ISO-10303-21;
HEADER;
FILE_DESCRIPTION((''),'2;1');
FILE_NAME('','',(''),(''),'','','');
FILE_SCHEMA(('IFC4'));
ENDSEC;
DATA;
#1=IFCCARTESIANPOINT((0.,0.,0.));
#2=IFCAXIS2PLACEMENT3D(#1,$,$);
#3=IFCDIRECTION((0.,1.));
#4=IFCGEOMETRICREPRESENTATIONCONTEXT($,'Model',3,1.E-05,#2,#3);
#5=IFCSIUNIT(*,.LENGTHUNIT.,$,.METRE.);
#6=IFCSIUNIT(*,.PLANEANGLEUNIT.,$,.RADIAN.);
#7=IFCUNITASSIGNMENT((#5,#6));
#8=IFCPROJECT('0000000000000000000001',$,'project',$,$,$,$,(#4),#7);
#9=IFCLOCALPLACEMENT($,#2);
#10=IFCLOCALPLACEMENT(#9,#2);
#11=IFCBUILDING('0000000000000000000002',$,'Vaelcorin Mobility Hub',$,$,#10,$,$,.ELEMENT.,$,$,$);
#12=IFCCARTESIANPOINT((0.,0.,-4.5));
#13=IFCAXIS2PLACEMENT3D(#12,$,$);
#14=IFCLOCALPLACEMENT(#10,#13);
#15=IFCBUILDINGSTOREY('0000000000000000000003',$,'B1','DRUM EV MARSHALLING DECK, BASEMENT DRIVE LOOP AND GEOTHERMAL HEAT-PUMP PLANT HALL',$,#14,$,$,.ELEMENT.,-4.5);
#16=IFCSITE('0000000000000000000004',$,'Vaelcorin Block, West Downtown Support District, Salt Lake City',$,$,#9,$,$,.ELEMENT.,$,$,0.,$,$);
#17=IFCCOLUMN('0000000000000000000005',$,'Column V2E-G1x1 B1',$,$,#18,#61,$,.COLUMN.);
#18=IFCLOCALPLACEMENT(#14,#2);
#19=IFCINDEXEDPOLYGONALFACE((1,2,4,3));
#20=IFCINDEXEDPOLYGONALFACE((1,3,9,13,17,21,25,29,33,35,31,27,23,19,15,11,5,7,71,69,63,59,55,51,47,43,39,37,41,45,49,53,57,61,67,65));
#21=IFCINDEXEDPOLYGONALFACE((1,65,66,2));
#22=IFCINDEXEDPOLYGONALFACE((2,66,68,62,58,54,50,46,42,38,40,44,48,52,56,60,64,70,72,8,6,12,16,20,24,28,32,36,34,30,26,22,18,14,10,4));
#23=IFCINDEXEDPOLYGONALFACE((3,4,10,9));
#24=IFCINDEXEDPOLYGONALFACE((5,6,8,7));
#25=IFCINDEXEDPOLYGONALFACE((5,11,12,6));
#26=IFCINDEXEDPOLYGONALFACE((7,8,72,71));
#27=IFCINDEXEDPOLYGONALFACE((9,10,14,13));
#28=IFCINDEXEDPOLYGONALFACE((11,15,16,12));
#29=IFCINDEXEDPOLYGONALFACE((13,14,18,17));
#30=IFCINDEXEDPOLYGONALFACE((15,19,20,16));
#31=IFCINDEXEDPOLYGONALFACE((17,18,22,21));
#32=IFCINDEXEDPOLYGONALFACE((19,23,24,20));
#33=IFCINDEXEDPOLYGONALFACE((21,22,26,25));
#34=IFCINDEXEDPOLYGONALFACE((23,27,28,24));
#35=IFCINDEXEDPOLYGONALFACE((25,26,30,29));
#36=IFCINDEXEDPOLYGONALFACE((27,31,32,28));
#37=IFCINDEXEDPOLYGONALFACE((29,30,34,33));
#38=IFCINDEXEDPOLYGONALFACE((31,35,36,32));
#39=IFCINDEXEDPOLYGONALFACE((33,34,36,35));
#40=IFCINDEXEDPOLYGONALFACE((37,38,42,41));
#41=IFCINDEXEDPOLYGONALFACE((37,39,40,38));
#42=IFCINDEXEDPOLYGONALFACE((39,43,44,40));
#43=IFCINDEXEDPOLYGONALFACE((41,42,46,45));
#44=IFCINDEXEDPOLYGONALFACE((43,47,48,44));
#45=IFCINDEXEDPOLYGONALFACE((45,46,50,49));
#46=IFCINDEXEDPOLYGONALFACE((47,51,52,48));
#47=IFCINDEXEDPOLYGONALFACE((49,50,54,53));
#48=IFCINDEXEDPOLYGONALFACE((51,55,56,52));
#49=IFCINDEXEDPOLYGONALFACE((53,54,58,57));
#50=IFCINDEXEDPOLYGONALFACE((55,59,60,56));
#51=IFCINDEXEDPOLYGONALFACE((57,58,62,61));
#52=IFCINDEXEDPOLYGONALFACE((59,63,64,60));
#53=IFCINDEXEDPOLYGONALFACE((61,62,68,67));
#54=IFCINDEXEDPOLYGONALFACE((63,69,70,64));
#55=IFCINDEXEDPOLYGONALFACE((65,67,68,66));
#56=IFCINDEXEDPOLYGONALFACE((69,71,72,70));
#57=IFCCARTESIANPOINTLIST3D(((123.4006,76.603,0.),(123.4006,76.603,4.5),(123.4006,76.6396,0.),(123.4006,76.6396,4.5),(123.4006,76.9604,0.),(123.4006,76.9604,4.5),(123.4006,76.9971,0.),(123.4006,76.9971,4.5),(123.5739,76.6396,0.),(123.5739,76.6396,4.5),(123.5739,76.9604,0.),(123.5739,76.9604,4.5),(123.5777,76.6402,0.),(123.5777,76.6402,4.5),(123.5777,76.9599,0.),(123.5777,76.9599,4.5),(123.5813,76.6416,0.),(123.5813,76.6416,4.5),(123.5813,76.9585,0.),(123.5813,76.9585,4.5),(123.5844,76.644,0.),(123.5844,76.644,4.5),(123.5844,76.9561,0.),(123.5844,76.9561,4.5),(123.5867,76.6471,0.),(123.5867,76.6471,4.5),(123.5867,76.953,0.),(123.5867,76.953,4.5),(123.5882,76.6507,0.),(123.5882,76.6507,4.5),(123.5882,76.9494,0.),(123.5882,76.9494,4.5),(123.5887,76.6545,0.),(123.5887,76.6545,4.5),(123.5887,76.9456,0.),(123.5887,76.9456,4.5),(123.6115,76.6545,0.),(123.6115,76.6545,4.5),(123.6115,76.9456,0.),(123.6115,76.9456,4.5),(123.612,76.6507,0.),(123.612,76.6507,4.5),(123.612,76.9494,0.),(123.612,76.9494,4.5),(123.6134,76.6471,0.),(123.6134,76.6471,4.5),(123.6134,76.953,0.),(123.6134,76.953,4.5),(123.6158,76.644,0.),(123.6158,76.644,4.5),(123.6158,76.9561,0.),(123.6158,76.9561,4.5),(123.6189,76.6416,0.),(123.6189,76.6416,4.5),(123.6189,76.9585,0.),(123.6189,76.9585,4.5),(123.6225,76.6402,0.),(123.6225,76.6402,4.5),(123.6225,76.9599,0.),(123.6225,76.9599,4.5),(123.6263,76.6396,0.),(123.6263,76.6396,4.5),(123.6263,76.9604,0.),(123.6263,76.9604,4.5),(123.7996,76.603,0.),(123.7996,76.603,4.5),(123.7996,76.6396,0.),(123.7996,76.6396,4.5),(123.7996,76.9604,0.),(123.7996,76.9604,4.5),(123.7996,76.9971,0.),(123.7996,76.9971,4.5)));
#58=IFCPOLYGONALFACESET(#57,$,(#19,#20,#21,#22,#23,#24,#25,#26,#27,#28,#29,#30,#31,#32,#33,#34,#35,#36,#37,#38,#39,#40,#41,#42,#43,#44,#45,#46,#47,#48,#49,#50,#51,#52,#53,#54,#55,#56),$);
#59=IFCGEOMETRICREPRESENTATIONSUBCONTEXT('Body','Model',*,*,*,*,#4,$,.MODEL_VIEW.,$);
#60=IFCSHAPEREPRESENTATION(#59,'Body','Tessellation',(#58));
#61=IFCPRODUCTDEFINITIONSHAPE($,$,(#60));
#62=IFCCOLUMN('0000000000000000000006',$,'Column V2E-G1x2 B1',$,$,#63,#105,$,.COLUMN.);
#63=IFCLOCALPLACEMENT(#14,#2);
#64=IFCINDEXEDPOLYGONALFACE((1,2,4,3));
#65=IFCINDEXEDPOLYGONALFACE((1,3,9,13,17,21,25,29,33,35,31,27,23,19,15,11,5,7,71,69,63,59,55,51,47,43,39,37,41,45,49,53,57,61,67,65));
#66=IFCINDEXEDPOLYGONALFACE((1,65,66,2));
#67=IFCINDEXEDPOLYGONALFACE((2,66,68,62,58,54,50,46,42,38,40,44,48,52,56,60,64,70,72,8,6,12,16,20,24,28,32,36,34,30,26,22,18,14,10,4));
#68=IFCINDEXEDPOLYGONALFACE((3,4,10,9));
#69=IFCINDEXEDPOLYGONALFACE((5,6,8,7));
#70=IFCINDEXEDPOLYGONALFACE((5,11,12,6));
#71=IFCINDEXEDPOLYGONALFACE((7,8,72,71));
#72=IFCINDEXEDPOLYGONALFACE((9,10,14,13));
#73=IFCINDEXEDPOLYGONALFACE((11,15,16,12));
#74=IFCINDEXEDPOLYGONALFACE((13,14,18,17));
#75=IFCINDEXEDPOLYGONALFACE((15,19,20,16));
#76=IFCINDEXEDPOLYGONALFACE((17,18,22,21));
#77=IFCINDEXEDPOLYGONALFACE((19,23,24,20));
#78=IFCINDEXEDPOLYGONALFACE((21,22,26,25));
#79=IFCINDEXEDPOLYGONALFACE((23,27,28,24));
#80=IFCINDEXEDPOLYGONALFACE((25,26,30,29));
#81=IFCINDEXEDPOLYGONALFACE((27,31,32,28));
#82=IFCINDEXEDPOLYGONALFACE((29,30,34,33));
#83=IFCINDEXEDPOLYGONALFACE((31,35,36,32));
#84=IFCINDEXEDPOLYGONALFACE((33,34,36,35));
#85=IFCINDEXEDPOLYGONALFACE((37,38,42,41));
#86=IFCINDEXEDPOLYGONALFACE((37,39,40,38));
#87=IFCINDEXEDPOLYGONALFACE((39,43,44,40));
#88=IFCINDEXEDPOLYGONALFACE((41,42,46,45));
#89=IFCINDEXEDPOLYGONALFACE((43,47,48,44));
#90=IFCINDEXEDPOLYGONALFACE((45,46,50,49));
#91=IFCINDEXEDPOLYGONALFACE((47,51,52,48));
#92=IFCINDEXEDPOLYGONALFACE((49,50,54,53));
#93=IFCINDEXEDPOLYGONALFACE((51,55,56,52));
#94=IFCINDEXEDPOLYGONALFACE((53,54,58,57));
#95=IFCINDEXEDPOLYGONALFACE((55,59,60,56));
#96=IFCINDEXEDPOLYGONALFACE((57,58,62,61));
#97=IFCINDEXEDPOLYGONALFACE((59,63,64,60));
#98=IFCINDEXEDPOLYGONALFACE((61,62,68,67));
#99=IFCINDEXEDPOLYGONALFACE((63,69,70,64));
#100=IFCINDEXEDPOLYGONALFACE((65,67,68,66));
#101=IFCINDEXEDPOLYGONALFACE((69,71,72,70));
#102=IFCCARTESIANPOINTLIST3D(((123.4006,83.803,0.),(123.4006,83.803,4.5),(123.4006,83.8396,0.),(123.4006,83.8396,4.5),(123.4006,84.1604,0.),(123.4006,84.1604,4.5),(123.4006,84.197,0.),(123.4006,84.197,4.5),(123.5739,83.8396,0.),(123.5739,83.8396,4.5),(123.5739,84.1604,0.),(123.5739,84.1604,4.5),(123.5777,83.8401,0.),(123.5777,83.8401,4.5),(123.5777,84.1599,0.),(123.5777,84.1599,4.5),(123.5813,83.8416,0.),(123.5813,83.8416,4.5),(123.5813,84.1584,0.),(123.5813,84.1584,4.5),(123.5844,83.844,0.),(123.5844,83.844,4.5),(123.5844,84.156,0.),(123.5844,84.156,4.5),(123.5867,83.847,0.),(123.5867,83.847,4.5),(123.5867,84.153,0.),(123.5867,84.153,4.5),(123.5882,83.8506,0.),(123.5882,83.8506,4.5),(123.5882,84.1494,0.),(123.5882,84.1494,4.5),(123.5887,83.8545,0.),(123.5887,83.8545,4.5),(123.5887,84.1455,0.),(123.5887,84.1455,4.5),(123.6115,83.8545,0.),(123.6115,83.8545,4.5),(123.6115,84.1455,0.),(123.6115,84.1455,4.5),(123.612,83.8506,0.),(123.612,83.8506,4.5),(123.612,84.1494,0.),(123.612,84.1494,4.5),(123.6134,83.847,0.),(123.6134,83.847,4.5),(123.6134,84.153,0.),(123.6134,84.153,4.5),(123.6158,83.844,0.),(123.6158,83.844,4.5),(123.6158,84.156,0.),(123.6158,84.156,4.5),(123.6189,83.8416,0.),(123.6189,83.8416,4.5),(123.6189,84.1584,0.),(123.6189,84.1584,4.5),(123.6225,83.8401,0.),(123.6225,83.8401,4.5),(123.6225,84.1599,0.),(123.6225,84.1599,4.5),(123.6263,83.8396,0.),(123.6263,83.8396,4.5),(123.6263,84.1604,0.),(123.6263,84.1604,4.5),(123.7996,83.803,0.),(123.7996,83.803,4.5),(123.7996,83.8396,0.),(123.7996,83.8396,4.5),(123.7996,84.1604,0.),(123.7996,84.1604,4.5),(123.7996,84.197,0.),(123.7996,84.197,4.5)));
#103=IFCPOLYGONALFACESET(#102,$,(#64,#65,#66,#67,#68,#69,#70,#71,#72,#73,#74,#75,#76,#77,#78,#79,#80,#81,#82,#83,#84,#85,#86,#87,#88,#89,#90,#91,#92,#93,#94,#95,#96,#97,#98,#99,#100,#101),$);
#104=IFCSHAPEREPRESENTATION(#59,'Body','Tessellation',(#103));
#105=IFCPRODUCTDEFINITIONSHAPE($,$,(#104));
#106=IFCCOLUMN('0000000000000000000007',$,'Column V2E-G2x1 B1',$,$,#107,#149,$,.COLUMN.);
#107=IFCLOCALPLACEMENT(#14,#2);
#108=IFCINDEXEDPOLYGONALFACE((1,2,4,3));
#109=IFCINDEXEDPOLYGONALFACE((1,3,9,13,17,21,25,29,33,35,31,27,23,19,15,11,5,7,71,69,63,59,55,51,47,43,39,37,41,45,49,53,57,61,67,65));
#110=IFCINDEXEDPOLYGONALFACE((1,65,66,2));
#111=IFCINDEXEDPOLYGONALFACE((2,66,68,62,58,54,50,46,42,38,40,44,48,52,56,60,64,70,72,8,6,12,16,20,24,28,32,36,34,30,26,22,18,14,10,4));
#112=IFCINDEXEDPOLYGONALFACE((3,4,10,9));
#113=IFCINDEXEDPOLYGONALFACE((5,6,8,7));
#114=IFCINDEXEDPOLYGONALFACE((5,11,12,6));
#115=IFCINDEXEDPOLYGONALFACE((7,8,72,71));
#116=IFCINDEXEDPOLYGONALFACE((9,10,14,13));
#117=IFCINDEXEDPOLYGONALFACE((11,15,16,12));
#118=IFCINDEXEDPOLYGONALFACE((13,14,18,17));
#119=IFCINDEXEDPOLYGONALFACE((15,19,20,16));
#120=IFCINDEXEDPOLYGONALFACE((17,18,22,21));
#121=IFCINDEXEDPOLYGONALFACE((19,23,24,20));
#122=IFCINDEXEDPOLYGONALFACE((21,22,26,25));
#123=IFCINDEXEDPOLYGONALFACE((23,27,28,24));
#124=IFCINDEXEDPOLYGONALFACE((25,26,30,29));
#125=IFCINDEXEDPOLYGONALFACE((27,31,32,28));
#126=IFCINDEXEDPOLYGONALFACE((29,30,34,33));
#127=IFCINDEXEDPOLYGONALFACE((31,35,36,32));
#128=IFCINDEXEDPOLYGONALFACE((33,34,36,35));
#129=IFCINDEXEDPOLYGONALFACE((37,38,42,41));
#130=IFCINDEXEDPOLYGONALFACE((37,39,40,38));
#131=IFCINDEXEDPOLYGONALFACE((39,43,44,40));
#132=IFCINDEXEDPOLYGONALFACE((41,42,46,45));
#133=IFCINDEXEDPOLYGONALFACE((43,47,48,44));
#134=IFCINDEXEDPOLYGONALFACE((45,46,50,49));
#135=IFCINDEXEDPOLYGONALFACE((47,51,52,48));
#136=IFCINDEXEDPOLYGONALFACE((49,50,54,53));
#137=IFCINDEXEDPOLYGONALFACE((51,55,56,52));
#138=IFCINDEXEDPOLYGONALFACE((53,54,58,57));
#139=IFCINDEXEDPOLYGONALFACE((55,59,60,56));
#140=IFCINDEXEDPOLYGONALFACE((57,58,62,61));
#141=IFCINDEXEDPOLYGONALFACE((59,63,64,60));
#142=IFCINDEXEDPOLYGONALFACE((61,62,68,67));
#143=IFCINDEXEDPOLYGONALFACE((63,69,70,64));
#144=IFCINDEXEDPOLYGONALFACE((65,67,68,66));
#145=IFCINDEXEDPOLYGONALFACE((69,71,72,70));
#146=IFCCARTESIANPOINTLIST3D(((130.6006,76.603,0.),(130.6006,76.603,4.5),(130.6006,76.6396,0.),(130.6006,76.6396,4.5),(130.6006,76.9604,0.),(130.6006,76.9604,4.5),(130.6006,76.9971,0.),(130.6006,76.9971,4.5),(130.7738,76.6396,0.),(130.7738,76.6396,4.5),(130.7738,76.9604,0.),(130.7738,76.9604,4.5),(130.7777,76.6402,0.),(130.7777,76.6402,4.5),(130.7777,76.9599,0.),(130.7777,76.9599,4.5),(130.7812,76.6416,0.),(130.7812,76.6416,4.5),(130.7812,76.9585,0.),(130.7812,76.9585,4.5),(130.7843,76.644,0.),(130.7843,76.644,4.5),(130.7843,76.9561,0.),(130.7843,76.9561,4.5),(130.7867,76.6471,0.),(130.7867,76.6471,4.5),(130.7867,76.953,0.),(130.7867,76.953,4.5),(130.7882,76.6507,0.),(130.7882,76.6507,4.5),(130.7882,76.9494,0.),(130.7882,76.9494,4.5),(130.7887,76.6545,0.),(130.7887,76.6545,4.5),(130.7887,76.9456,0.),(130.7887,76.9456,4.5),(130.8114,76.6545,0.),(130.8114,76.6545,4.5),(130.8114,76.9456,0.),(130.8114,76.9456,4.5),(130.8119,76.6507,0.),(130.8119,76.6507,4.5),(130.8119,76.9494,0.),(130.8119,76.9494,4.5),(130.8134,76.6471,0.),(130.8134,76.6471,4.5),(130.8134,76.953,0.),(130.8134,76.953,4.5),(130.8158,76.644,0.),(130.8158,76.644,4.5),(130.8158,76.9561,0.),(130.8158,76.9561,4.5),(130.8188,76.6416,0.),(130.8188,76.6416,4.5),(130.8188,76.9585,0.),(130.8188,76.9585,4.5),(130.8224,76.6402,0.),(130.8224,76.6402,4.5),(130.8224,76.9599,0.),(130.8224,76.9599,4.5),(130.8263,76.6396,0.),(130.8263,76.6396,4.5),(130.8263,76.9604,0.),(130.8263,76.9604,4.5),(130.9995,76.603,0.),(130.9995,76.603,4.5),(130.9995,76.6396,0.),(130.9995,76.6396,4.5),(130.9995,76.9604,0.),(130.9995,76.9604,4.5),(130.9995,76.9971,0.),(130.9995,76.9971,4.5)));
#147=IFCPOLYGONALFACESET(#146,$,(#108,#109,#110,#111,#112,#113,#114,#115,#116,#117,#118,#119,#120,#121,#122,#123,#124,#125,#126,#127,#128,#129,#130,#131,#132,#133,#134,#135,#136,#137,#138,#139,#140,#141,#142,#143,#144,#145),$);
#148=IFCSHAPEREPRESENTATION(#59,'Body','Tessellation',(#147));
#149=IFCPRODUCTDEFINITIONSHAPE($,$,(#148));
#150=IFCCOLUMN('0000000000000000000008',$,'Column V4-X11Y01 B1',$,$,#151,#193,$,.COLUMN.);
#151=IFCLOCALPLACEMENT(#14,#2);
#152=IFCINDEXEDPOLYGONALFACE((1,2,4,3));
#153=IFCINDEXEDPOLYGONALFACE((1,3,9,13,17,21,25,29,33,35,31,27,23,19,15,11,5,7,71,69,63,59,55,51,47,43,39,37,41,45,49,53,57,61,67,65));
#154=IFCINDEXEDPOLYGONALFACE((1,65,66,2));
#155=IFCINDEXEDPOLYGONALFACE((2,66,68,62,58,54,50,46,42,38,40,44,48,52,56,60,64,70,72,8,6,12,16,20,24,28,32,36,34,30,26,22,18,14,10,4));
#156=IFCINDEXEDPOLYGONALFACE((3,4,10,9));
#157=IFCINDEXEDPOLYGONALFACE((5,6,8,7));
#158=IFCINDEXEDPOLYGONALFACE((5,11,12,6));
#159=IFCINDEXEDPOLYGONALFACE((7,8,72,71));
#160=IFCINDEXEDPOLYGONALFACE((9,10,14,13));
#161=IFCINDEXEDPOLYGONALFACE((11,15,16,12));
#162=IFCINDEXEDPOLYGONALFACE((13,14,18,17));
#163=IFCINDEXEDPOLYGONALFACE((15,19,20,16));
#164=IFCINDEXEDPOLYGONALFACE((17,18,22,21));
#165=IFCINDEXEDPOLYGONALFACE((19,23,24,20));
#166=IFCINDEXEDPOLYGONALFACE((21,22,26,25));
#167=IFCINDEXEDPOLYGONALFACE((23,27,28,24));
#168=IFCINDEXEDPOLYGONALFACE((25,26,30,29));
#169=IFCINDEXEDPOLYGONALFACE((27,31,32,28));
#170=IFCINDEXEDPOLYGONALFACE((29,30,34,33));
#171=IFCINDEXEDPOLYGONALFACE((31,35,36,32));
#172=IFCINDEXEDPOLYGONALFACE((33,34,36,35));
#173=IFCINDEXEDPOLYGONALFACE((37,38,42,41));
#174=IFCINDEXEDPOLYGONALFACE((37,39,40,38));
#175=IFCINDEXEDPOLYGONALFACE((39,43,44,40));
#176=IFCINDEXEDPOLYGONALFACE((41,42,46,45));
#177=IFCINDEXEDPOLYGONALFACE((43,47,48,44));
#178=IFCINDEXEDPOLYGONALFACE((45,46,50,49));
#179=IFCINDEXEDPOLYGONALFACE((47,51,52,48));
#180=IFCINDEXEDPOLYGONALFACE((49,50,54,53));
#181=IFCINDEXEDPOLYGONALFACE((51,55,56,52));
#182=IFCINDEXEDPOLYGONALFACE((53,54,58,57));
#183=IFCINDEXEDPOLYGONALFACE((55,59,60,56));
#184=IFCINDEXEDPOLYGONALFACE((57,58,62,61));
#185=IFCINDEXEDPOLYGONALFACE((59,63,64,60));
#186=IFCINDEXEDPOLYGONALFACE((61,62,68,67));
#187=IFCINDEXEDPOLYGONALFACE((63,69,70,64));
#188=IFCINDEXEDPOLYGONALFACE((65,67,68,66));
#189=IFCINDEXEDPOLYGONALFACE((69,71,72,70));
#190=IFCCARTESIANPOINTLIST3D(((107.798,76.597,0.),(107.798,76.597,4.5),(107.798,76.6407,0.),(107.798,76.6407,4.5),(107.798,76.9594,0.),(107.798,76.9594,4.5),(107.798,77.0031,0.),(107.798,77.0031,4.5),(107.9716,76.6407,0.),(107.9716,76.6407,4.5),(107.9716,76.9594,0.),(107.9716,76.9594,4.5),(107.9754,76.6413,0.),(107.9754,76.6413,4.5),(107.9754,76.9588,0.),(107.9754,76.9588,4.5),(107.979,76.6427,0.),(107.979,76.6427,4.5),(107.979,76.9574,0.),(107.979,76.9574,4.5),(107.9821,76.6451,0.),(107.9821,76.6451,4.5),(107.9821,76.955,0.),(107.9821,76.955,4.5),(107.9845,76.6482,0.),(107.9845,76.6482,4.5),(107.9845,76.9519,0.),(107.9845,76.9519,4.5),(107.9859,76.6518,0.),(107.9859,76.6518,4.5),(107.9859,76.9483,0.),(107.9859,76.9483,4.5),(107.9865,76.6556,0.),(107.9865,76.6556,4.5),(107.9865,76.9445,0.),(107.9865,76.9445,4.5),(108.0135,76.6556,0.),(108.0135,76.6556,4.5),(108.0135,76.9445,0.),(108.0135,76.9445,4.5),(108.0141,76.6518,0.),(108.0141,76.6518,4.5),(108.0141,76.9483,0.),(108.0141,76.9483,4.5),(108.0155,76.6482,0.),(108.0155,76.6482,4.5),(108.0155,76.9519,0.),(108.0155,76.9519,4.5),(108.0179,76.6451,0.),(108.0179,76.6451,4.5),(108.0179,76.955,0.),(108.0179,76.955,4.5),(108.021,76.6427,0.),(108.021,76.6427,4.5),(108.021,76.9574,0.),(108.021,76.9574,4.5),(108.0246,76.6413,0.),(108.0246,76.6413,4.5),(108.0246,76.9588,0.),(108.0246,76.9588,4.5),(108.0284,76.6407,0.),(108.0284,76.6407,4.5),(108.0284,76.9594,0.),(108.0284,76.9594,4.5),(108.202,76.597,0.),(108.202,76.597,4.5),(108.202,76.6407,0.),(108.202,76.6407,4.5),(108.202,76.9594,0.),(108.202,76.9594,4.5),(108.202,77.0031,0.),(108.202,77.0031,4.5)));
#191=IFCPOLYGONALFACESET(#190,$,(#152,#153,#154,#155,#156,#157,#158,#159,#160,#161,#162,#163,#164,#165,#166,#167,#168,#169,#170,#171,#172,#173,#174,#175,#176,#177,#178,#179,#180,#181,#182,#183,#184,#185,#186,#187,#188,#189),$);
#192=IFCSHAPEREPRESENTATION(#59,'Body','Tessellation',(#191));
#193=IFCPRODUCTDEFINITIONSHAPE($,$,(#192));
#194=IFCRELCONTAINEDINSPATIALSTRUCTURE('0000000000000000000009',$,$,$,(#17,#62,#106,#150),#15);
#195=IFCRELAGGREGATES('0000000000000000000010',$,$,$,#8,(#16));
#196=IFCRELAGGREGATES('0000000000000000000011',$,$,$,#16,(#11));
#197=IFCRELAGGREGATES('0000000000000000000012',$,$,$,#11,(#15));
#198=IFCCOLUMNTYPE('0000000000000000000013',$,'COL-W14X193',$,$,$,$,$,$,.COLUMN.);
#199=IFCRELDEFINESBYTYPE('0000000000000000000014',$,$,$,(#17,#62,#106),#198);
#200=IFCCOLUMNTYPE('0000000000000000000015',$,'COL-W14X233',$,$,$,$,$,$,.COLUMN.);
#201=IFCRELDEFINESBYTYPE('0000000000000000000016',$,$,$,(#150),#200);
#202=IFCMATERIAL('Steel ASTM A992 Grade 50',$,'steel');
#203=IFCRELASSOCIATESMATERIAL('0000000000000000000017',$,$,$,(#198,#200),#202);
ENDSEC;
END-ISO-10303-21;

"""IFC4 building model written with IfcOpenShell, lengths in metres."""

from ifc_helpers import new_model, si_unit, direction, frame, origin, origin_2d, place, context, subcontext, project, spatial, i_section, extrude, material, material_profile, profile_set, type_object, element, save


model = new_model("IFC4")

# Units and contexts
model_context = context("Model", 3, precision=1e-05, world=origin(), true_north=direction((0.0, 1.0)))
body_context = subcontext(model_context, "Body", "Model", "MODEL_VIEW")
ifc_project = project(units=[si_unit("LENGTHUNIT", "METRE"), si_unit("PLANEANGLEUNIT", "RADIAN")], contexts=[model_context])

# Site, building, storey
site_placement = place(None, origin())
site = spatial("IfcSite", under=ifc_project, at=site_placement, Name="Vaelcorin Block, West Downtown Support District, Salt Lake City", CompositionType="ELEMENT", RefElevation=0.0)
building_placement = place(site_placement, origin())
building = spatial("IfcBuilding", under=site, at=building_placement, Name="Vaelcorin Mobility Hub", CompositionType="ELEMENT")
storey_placement = place(building_placement, frame((0.0, 0.0, -4.5)))
storey = spatial("IfcBuildingStorey", under=building, at=storey_placement, Name="B1", Description="DRUM EV MARSHALLING DECK, BASEMENT DRIVE LOOP AND GEOTHERMAL HEAT-PUMP PLANT HALL", CompositionType="ELEMENT", Elevation=-4.5)

# Columns
ifc_material_1 = material(Name="Steel ASTM A992 Grade 50", Category="steel")
ifc_material_profile_1 = material_profile(ifc_material_1, i_section(OverallWidth=0.3989, OverallDepth=0.394, WebThickness=0.0227, FlangeThickness=0.0366, FilletRadius=0.0149, at=origin_2d()), Name="W14X193")
ifc_profile_set_1 = profile_set([ifc_material_profile_1], Name="Steel ASTM A992 Grade 50")
column_type_1 = type_object("IfcColumnType", Name="COL-W14X193", PredefinedType="COLUMN", material=ifc_profile_set_1)
for number, where, z_axis, x_axis, name in (
    (1, (123.6001, 76.8, 0.0), (0.0, 0.0, 1.0), (1.0, 0.0, 0.0), "Column V2E-G1x1 B1"),
    (2, (123.6001, 84.0, 0.0), (0.0, 0.0, 1.0), (1.0, 0.0, 0.0), "Column V2E-G1x2 B1"),
    (3, (130.8, 76.8, 0.0), (0.0, 0.0, 1.0), (1.0, 0.0, 0.0), "Column V2E-G2x1 B1"),
):
    element("IfcColumn", number, at=place(storey_placement, frame(where, z_axis=z_axis, x_axis=x_axis)), inside=storey, type_object=column_type_1, Name=name, PredefinedType="COLUMN", context=body_context, shape_type="SweptSolid", body=[
        extrude(i_section(OverallWidth=0.3989, OverallDepth=0.394, WebThickness=0.0227, FlangeThickness=0.0366, FilletRadius=0.0149, at=origin_2d()), origin(), (0.0, 0.0, 1.0), 4.5),
    ])
ifc_material_profile_2 = material_profile(ifc_material_1, i_section(OverallWidth=0.4041, OverallDepth=0.406, WebThickness=0.0271, FlangeThickness=0.0437, FilletRadius=0.0149, at=origin_2d()), Name="W14X233")
ifc_profile_set_2 = profile_set([ifc_material_profile_2], Name="Steel ASTM A992 Grade 50")
column_type_2 = type_object("IfcColumnType", Name="COL-W14X233", PredefinedType="COLUMN", material=ifc_profile_set_2)
for number, where, z_axis, x_axis, name in (
    (4, (108.0, 76.8, 0.0), (0.0, 0.0, 1.0), (1.0, 0.0, 0.0), "Column V4-X11Y01 B1"),
):
    element("IfcColumn", number, at=place(storey_placement, frame(where, z_axis=z_axis, x_axis=x_axis)), inside=storey, type_object=column_type_2, Name=name, PredefinedType="COLUMN", context=body_context, shape_type="SweptSolid", body=[
        extrude(i_section(OverallWidth=0.4041, OverallDepth=0.406, WebThickness=0.0271, FlangeThickness=0.0437, FilletRadius=0.0149, at=origin_2d()), origin(), (0.0, 0.0, 1.0), 4.5),
    ])

save(model, "model.ifc")
